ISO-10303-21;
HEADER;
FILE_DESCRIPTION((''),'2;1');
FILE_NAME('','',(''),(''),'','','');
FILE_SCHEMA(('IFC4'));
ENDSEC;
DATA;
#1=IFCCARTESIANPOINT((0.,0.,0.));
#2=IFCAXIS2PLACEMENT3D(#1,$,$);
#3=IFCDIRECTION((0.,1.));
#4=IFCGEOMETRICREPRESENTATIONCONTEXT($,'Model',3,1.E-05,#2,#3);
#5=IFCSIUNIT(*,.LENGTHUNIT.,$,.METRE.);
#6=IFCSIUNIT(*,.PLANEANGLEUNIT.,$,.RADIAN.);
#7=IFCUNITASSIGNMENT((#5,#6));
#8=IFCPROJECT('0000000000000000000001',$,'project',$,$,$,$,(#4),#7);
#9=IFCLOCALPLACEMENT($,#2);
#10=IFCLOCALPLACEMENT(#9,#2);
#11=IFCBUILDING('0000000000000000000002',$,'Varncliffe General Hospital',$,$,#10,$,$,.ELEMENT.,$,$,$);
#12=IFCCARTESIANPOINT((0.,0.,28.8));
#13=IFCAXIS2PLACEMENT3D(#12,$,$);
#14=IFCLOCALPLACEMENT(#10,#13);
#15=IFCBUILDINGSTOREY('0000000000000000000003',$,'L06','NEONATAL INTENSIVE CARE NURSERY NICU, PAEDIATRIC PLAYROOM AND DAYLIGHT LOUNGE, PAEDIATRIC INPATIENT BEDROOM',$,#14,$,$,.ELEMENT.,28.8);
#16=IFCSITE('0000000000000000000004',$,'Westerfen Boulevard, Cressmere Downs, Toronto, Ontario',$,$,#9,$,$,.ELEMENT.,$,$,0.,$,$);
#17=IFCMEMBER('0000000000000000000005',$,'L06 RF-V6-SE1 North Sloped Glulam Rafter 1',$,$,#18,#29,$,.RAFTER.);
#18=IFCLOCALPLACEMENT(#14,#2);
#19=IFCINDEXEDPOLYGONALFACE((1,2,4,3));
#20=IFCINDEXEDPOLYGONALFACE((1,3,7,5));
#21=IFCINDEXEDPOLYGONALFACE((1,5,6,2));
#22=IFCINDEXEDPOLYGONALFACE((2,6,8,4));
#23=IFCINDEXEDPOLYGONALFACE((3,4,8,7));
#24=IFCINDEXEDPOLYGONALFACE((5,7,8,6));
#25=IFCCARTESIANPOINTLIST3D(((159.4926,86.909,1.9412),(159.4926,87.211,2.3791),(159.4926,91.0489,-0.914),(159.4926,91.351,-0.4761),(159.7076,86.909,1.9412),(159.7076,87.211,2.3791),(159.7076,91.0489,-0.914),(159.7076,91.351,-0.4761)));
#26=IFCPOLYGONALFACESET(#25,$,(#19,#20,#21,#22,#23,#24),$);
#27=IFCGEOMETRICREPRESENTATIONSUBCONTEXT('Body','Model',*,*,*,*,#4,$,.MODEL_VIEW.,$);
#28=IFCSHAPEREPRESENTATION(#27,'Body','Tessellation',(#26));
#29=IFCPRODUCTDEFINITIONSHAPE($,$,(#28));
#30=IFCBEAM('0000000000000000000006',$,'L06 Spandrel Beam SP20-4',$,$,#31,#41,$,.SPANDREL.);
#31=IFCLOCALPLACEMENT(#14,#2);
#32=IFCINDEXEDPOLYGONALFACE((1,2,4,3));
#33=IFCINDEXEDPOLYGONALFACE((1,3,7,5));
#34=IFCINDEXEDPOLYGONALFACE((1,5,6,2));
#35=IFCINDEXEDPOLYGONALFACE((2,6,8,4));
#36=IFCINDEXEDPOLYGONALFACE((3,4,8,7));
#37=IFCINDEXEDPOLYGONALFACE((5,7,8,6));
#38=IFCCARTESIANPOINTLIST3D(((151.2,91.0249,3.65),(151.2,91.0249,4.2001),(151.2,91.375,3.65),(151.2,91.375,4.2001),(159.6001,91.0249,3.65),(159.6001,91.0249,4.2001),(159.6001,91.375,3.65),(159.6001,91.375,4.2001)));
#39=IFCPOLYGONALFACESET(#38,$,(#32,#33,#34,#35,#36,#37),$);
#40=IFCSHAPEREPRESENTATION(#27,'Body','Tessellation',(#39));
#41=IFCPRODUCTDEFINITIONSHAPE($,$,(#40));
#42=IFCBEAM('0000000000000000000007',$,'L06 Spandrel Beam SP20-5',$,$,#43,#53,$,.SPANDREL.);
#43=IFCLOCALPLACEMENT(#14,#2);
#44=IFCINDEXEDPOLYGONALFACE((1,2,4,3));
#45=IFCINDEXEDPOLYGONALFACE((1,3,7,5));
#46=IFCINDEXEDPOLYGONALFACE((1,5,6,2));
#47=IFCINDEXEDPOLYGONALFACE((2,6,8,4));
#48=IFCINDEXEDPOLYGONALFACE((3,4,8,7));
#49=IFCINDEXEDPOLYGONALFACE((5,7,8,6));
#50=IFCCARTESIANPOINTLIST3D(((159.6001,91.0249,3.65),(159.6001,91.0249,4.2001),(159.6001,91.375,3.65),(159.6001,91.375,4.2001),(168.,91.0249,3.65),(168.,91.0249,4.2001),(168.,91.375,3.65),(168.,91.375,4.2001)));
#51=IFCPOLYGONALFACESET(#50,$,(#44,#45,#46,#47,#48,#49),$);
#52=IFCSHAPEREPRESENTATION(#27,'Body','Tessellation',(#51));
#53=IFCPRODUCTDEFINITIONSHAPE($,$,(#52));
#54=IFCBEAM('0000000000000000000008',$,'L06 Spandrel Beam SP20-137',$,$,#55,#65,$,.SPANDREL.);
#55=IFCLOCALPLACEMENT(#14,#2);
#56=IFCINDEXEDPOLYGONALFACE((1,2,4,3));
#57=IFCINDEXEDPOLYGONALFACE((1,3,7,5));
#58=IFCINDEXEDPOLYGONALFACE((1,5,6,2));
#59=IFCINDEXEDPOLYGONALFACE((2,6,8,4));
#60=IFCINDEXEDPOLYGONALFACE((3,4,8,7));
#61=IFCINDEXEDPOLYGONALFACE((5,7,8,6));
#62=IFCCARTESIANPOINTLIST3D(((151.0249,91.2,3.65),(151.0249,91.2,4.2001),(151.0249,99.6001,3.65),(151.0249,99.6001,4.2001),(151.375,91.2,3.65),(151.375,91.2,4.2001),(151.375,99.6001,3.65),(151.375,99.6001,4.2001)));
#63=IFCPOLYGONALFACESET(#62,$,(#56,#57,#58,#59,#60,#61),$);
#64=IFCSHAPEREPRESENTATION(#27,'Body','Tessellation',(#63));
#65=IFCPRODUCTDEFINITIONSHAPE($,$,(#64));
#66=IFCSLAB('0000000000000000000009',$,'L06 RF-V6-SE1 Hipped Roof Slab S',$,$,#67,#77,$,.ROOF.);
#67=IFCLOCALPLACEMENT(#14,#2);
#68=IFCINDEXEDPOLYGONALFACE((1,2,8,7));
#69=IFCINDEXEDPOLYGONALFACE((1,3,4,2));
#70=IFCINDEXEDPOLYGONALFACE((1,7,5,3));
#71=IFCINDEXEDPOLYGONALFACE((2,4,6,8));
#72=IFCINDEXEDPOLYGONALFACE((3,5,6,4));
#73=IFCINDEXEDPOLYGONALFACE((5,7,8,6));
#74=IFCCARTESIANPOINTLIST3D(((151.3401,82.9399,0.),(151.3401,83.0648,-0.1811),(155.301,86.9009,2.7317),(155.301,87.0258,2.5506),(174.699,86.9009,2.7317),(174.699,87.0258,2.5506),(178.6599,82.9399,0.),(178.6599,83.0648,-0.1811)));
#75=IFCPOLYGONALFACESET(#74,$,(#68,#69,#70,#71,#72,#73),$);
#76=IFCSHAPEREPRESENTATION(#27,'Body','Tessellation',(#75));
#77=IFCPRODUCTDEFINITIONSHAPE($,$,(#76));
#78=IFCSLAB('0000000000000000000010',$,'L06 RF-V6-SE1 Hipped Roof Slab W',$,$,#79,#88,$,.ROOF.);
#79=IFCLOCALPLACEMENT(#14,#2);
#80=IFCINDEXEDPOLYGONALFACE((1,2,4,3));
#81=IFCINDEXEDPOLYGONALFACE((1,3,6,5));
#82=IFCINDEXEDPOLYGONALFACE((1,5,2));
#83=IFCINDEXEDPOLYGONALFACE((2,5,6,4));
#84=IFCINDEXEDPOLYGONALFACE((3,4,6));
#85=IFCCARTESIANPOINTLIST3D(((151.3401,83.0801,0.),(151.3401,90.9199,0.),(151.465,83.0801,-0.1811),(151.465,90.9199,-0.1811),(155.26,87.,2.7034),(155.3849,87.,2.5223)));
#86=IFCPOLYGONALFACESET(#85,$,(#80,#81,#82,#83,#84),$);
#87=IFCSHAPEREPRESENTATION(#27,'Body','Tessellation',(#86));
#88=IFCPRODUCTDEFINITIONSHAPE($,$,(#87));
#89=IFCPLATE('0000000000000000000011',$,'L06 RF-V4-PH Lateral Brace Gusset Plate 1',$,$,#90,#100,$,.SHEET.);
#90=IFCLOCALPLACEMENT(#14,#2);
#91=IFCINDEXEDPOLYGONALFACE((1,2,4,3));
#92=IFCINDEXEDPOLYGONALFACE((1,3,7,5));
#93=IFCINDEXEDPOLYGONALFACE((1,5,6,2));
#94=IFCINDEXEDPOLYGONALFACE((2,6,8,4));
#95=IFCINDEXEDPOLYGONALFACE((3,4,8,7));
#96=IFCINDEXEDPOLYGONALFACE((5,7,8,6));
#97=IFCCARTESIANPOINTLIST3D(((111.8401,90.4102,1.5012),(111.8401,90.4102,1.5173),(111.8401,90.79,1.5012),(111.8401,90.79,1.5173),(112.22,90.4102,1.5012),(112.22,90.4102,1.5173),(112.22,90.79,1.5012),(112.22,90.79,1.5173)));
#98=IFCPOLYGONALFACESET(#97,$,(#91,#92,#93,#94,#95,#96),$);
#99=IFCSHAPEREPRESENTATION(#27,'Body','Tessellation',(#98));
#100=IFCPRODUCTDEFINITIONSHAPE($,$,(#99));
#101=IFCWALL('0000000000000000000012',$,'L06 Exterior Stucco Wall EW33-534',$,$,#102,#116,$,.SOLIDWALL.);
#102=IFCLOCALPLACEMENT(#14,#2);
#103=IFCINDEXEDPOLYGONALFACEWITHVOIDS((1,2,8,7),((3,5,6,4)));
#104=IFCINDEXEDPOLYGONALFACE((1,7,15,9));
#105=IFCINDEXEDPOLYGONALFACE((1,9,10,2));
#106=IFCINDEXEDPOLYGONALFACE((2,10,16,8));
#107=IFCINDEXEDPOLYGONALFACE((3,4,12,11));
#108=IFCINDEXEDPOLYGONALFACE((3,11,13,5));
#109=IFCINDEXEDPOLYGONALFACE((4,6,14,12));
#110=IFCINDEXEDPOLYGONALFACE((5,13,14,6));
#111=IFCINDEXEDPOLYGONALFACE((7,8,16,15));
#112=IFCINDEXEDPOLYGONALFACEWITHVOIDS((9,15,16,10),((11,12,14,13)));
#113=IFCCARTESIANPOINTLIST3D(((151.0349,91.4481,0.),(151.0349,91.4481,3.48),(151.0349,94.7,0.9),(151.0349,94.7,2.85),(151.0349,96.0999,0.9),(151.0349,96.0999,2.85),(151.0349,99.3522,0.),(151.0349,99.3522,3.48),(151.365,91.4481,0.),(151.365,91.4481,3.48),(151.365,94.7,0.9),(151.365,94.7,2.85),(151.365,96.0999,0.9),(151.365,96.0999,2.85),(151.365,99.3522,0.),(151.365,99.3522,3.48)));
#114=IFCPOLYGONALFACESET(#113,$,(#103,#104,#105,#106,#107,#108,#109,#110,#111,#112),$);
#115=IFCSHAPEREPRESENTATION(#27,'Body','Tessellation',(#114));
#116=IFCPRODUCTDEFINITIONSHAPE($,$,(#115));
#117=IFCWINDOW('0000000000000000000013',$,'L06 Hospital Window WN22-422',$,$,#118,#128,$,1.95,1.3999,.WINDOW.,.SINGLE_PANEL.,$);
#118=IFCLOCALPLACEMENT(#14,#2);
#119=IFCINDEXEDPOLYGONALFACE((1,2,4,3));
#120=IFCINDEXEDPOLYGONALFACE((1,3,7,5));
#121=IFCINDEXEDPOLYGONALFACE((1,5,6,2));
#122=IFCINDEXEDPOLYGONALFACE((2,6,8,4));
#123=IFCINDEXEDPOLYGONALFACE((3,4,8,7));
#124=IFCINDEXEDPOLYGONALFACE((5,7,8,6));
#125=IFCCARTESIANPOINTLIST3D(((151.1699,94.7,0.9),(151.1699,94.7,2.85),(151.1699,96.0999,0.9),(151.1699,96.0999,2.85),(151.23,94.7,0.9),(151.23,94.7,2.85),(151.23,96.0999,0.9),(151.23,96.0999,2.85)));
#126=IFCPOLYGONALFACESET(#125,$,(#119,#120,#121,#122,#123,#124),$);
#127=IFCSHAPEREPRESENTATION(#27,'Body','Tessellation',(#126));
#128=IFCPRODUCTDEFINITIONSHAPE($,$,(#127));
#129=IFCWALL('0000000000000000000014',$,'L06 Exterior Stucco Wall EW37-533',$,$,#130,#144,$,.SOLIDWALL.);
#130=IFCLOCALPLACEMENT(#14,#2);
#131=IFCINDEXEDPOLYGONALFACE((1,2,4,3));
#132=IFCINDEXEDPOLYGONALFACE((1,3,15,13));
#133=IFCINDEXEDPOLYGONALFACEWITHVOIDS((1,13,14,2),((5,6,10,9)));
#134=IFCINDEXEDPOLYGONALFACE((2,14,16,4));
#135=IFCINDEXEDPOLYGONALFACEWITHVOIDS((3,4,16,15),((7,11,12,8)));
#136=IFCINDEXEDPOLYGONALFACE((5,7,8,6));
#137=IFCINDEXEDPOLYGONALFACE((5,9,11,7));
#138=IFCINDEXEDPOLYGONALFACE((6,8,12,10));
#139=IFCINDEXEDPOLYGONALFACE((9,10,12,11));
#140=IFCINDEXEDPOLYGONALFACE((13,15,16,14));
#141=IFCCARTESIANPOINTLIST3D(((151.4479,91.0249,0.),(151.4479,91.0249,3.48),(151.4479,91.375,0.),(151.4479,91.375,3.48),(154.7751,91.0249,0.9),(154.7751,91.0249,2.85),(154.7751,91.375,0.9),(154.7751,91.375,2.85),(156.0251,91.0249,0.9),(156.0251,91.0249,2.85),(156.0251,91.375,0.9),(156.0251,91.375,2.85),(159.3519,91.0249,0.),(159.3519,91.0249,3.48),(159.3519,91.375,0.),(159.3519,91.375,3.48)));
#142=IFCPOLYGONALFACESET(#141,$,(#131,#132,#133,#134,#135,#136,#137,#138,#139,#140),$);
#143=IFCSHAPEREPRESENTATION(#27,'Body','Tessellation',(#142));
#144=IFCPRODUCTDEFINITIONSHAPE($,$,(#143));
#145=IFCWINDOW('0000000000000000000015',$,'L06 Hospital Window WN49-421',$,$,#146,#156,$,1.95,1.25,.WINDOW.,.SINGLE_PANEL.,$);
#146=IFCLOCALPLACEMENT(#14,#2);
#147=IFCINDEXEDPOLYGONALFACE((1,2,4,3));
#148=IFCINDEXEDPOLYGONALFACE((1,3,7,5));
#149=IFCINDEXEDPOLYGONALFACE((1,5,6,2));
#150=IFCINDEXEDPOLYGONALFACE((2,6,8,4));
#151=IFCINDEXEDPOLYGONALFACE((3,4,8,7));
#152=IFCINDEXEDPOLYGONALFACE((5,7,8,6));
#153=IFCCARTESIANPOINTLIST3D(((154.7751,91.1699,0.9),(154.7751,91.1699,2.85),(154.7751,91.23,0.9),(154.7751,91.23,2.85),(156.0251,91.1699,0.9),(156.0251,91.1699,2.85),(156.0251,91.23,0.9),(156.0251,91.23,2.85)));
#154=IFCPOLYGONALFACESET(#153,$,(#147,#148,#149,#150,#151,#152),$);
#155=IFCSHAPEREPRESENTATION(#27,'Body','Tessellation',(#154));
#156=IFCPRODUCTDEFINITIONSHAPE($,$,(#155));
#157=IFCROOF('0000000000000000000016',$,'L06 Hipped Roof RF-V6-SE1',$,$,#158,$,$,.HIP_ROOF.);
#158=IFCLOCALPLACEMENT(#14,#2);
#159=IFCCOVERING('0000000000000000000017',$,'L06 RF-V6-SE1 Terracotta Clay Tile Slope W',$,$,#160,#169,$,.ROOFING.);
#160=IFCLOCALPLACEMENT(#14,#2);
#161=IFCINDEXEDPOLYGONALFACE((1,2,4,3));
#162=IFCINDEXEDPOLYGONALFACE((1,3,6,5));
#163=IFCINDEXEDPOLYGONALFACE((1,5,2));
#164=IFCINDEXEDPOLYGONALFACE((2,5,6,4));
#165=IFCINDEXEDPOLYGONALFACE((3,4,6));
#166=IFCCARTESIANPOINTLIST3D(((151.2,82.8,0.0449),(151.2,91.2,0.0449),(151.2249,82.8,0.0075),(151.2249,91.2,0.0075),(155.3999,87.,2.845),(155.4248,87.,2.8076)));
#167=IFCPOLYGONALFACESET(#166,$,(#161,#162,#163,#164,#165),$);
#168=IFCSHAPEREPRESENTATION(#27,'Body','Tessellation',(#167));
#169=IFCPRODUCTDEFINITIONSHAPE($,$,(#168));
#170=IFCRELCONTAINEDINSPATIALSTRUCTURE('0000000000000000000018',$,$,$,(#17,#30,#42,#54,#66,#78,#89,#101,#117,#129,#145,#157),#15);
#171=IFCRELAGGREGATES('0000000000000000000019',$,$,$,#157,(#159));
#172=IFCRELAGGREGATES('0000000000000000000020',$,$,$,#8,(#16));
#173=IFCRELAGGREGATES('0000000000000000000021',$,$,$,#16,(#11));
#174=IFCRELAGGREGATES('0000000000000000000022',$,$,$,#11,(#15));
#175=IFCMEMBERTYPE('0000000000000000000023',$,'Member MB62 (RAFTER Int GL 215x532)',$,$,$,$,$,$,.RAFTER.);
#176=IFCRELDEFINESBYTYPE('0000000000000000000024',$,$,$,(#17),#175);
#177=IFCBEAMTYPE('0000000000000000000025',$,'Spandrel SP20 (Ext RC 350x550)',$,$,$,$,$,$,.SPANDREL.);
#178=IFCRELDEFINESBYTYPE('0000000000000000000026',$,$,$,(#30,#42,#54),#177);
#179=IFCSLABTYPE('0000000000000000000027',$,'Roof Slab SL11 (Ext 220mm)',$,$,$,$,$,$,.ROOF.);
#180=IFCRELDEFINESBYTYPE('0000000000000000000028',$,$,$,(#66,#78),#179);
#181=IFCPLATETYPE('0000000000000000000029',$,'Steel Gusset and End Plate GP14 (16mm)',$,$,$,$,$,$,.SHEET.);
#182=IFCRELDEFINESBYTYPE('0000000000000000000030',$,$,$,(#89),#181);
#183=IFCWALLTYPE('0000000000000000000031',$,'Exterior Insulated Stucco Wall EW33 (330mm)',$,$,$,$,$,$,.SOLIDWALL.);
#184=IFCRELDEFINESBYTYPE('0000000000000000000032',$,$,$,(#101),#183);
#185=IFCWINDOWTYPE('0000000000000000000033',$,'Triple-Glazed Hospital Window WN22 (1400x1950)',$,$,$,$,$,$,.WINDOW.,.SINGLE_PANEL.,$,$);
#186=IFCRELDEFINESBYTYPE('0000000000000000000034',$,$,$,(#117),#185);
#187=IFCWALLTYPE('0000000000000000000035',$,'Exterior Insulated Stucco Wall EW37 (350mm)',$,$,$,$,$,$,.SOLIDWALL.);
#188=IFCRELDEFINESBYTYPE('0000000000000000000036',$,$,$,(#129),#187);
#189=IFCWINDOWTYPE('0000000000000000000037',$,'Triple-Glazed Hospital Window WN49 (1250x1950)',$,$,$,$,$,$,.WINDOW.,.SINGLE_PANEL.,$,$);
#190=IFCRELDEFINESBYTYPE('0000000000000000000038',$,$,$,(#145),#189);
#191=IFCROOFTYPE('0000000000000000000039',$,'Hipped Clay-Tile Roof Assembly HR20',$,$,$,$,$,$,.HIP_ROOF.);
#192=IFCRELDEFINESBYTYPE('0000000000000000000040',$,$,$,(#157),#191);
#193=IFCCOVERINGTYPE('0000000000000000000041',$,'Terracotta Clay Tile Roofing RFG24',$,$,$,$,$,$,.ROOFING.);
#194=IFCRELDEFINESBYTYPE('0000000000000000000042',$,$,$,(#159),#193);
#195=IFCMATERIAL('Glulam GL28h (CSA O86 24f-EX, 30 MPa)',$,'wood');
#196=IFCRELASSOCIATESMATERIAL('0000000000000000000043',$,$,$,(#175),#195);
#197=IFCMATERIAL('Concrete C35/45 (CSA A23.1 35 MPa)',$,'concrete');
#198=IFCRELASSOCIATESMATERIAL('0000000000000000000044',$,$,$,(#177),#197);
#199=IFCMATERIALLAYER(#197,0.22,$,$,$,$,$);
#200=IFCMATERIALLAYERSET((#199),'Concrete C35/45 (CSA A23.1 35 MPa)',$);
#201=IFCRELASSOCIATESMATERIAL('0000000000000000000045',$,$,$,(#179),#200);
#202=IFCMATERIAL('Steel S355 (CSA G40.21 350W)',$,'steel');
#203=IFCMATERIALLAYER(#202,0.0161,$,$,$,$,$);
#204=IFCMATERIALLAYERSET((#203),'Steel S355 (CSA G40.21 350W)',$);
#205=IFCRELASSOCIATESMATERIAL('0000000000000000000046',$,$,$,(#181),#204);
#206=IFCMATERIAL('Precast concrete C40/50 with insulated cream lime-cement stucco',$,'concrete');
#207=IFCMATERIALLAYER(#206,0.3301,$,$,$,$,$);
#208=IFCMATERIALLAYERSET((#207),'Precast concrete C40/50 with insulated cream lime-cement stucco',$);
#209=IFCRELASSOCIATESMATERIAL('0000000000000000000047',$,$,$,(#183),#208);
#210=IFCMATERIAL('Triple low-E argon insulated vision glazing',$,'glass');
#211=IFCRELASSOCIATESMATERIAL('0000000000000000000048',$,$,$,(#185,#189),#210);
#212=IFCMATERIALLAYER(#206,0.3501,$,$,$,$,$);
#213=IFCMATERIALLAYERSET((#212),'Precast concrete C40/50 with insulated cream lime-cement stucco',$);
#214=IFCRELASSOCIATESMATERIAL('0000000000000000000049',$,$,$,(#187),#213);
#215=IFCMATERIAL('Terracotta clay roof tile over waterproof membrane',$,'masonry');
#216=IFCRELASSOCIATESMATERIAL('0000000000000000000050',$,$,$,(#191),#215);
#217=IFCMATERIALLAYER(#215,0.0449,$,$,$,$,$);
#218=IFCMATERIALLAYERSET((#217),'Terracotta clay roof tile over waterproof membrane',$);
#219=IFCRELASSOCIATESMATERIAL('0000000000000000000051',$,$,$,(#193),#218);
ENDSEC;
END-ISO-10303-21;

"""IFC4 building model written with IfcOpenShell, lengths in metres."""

from ifc_helpers import new_model, si_unit, direction, frame, frame_2d, origin, origin_2d, place, context, subcontext, project, spatial, polyline, rectangle, outline, extrude, material, layer, layer_set, material_profile, profile_set, type_object, element, fill, aggregate, save


model = new_model("IFC4")

# Units and contexts
model_context = context("Model", 3, precision=1e-05, world=origin(), true_north=direction((0.0, 1.0)))
body_context = subcontext(model_context, "Body", "Model", "MODEL_VIEW")
ifc_project = project(units=[si_unit("LENGTHUNIT", "METRE"), si_unit("PLANEANGLEUNIT", "RADIAN")], contexts=[model_context])

# Site, building, storey
site_placement = place(None, origin())
site = spatial("IfcSite", under=ifc_project, at=site_placement, Name="Westerfen Boulevard, Cressmere Downs, Toronto, Ontario", CompositionType="ELEMENT", RefElevation=0.0)
building_placement = place(site_placement, origin())
building = spatial("IfcBuilding", under=site, at=building_placement, Name="Varncliffe General Hospital", CompositionType="ELEMENT")
storey_placement = place(building_placement, frame((0.0, 0.0, 28.8)))
storey = spatial("IfcBuildingStorey", under=building, at=storey_placement, Name="L06", Description="NEONATAL INTENSIVE CARE NURSERY NICU, PAEDIATRIC PLAYROOM AND DAYLIGHT LOUNGE, PAEDIATRIC INPATIENT BEDROOM", CompositionType="ELEMENT", Elevation=28.8)

# Shared definitions
ifc_material_1 = material(Name="Concrete C35/45 (CSA A23.1 35 MPa)", Category="concrete")
ifc_material_2 = material(Name="Glulam GL28h (CSA O86 24f-EX, 30 MPa)", Category="wood")

# Member
ifc_material_3 = material(Name="Steel S355 (CSA G40.21 350W)", Category="steel")
ifc_material_profile_1 = material_profile(ifc_material_2, rectangle(XDim=0.2151, YDim=0.532, at=origin_2d()), Name="GL 215x532")
ifc_profile_set_1 = profile_set([ifc_material_profile_1], Name="Glulam GL28h (CSA O86 24f-EX, 30 MPa)")
member_type_1 = type_object("IfcMemberType", Name="Member MB62 (RAFTER Int GL 215x532)", PredefinedType="RAFTER", material=ifc_profile_set_1)
for number, where, z_axis, x_axis, name in (
    (1, (159.6001, 91.2, -0.6951), (0.0, -0.823201, 0.56775), (1.0, 0.0, 0.0), "L06 RF-V6-SE1 North Sloped Glulam Rafter 1"),
):
    element("IfcMember", number, at=place(storey_placement, frame(where, z_axis=z_axis, x_axis=x_axis)), inside=storey, type_object=member_type_1, Name=name, PredefinedType="RAFTER", context=body_context, shape_type="SweptSolid", body=[
        extrude(rectangle(XDim=0.2151, YDim=0.532, at=origin_2d()), origin(), (0.0, 0.0, 1.0), 5.0291),
    ])

# Beams
ifc_material_profile_2 = material_profile(ifc_material_1, rectangle(XDim=0.3501, YDim=0.55, at=origin_2d()), Name="RC 350x550")
ifc_profile_set_2 = profile_set([ifc_material_profile_2], Name="Concrete C35/45 (CSA A23.1 35 MPa)")
beam_type_1 = type_object("IfcBeamType", Name="Spandrel SP20 (Ext RC 350x550)", PredefinedType="SPANDREL", material=ifc_profile_set_2)
beam_1_placement = place(storey_placement, frame((151.2, 91.2, 3.925), z_axis=(1.0, 0.0, 0.0), x_axis=(0.0, 1.0, 0.0)))
element("IfcBeam", 2, at=beam_1_placement, inside=storey, type_object=beam_type_1, Name="L06 Spandrel Beam SP20-4", PredefinedType="SPANDREL", context=body_context, shape_type="SweptSolid", body=[
    extrude(rectangle(XDim=0.3501, YDim=0.55, at=origin_2d()), origin(), (0.0, 0.0, 1.0), 8.4001),
])
beam_2_placement = place(storey_placement, frame((159.6001, 91.2, 3.925), z_axis=(1.0, 0.0, 0.0), x_axis=(0.0, 1.0, 0.0)))
element("IfcBeam", 3, at=beam_2_placement, inside=storey, type_object=beam_type_1, Name="L06 Spandrel Beam SP20-5", PredefinedType="SPANDREL", context=body_context, shape_type="SweptSolid", body=[
    extrude(rectangle(XDim=0.3501, YDim=0.55, at=origin_2d()), origin(), (0.0, 0.0, 1.0), 8.3999),
])
beam_3_placement = place(storey_placement, frame((151.2, 91.2, 3.925), z_axis=(0.0, 1.0, 0.0), x_axis=(-1.0, 0.0, 0.0)))
element("IfcBeam", 4, at=beam_3_placement, inside=storey, type_object=beam_type_1, Name="L06 Spandrel Beam SP20-137", PredefinedType="SPANDREL", context=body_context, shape_type="SweptSolid", body=[
    extrude(rectangle(XDim=0.3501, YDim=0.55, at=origin_2d()), origin(), (0.0, 0.0, 1.0), 8.4001),
])

# Slabs
ifc_layer_1 = layer(ifc_material_1, 0.22)
ifc_layer_set_1 = layer_set([ifc_layer_1], Name="Concrete C35/45 (CSA A23.1 35 MPa)")
slab_type = type_object("IfcSlabType", Name="Roof Slab SL11 (Ext 220mm)", PredefinedType="ROOF", material=ifc_layer_set_1)
slab_1_placement = place(storey_placement, frame((151.3401, 82.9399, 0.0), z_axis=(0.0, -0.567734, 0.823212), x_axis=(1.0, 0.0, 0.0)))
element("IfcSlab", 5, at=slab_1_placement, inside=storey, type_object=slab_type, Name="L06 RF-V6-SE1 Hipped Roof Slab S", PredefinedType="ROOF", context=body_context, shape_type="SweptSolid", body=[
    extrude(outline(polyline([(0.0, 0.0), (27.3198, 0.0), (23.3589, 4.8116), (3.9609, 4.8116), (0.0, 0.0)])), origin(), (0.0, 0.0, -1.0), 0.22),
])
slab_2_placement = place(storey_placement, frame((151.3401, 90.9199, 0.0), z_axis=(-0.567729, 0.0, 0.823215), x_axis=(0.0, -1.0, 0.0)))
element("IfcSlab", 6, at=slab_2_placement, inside=storey, type_object=slab_type, Name="L06 RF-V6-SE1 Hipped Roof Slab W", PredefinedType="ROOF", context=body_context, shape_type="SweptSolid", body=[
    extrude(outline(polyline([(0.0, 0.0), (7.8398, 0.0), (3.9199, 4.7617), (0.0, 0.0)])), origin(), (0.0, 0.0, -1.0), 0.22),
])

# Plate
ifc_layer_2 = layer(ifc_material_3, 0.0161)
ifc_layer_set_2 = layer_set([ifc_layer_2], Name="Steel S355 (CSA G40.21 350W)")
plate_type = type_object("IfcPlateType", Name="Steel Gusset and End Plate GP14 (16mm)", PredefinedType="SHEET", material=ifc_layer_set_2)
plate_placement = place(storey_placement, frame((112.03, 90.6001, 1.5012), z_axis=(0.0, 0.0, 1.0), x_axis=(1.0, 0.0, 0.0)))
element("IfcPlate", 7, at=plate_placement, inside=storey, type_object=plate_type, Name="L06 RF-V4-PH Lateral Brace Gusset Plate 1", PredefinedType="SHEET", context=body_context, shape_type="SweptSolid", body=[
    extrude(rectangle(XDim=0.3799, YDim=0.3799, at=origin_2d()), origin(), (0.0, 0.0, 1.0), 0.0161),
])

# Walls, openings, windows
ifc_material_4 = material(Name="Precast concrete C40/50 with insulated cream lime-cement stucco", Category="concrete")
ifc_layer_3 = layer(ifc_material_4, 0.3301)
ifc_layer_set_3 = layer_set([ifc_layer_3], Name="Precast concrete C40/50 with insulated cream lime-cement stucco")
wall_type_1 = type_object("IfcWallType", Name="Exterior Insulated Stucco Wall EW33 (330mm)", PredefinedType="SOLIDWALL", material=ifc_layer_set_3)
wall_1_placement = place(storey_placement, frame((151.2, 91.448, 0.0), z_axis=(0.0, 0.0, 1.0), x_axis=(0.0, 1.0, 0.0)))
wall_1 = element("IfcWall", 8, at=wall_1_placement, inside=storey, type_object=wall_type_1, Name="L06 Exterior Stucco Wall EW33-534", PredefinedType="SOLIDWALL", context=body_context, shape_type="SweptSolid", body=[
    extrude(rectangle(XDim=7.9041, YDim=0.3301, at=frame_2d((3.9521, 0.0))), origin(), (0.0, 0.0, 1.0), 3.48),
])
opening_1_placement = place(wall_1_placement, frame((3.252, 0.0, 0.8999)))
opening_1 = element("IfcOpeningElement", 9, at=opening_1_placement, cuts=wall_1, PredefinedType="OPENING", context=body_context, shape_type="SweptSolid", body=[
    extrude(rectangle(XDim=1.3999, YDim=1.95, at=frame_2d((0.7, 0.9751))), frame((0.0, 0.175, 0.0), z_axis=(0.0, -1.0, 0.0), x_axis=(1.0, 0.0, 0.0)), (0.0, 0.0, 1.0), 0.3501),
])
ifc_material_5 = material(Name="Triple low-E argon insulated vision glazing", Category="glass")
window_type_1 = type_object("IfcWindowType", Name="Triple-Glazed Hospital Window WN22 (1400x1950)", PartitioningType="SINGLE_PANEL", PredefinedType="WINDOW", material=ifc_material_5)
window_1_placement = place(opening_1_placement, origin())
window_1 = element("IfcWindow", 10, at=window_1_placement, inside=storey, type_object=window_type_1, Name="L06 Hospital Window WN22-422", OverallHeight=1.95, OverallWidth=1.3999, PartitioningType="SINGLE_PANEL", PredefinedType="WINDOW", context=body_context, shape_type="SweptSolid", body=[
    extrude(rectangle(XDim=1.3999, YDim=1.95, at=frame_2d((0.7, 0.9751))), frame((0.0, 0.03, 0.0), z_axis=(0.0, -1.0, 0.0), x_axis=(1.0, 0.0, 0.0)), (0.0, 0.0, 1.0), 0.0601),
])
fill(opening_1, window_1)
ifc_layer_4 = layer(ifc_material_4, 0.3501)
ifc_layer_set_4 = layer_set([ifc_layer_4], Name="Precast concrete C40/50 with insulated cream lime-cement stucco")
wall_type_2 = type_object("IfcWallType", Name="Exterior Insulated Stucco Wall EW37 (350mm)", PredefinedType="SOLIDWALL", material=ifc_layer_set_4)
wall_2_placement = place(storey_placement, frame((159.3521, 91.2, 0.0), z_axis=(0.0, 0.0, 1.0), x_axis=(-1.0, 0.0, 0.0)))
wall_2 = element("IfcWall", 11, at=wall_2_placement, inside=storey, type_object=wall_type_2, Name="L06 Exterior Stucco Wall EW37-533", PredefinedType="SOLIDWALL", context=body_context, shape_type="SweptSolid", body=[
    extrude(rectangle(XDim=7.9041, YDim=0.3501, at=frame_2d((3.9521, 0.0))), origin(), (0.0, 0.0, 1.0), 3.48),
])
opening_2_placement = place(wall_2_placement, frame((3.3269, 0.0, 0.8999)))
opening_2 = element("IfcOpeningElement", 12, at=opening_2_placement, cuts=wall_2, PredefinedType="OPENING", context=body_context, shape_type="SweptSolid", body=[
    extrude(rectangle(XDim=1.25, YDim=1.95, at=frame_2d((0.625, 0.9751))), frame((0.0, 0.1851, 0.0), z_axis=(0.0, -1.0, 0.0), x_axis=(1.0, 0.0, 0.0)), (0.0, 0.0, 1.0), 0.3701),
])
window_type_2 = type_object("IfcWindowType", Name="Triple-Glazed Hospital Window WN49 (1250x1950)", PartitioningType="SINGLE_PANEL", PredefinedType="WINDOW", material=ifc_material_5)
window_2_placement = place(opening_2_placement, origin())
window_2 = element("IfcWindow", 13, at=window_2_placement, inside=storey, type_object=window_type_2, Name="L06 Hospital Window WN49-421", OverallHeight=1.95, OverallWidth=1.25, PartitioningType="SINGLE_PANEL", PredefinedType="WINDOW", context=body_context, shape_type="SweptSolid", body=[
    extrude(rectangle(XDim=1.25, YDim=1.95, at=frame_2d((0.625, 0.9751))), frame((0.0, 0.03, 0.0), z_axis=(0.0, -1.0, 0.0), x_axis=(1.0, 0.0, 0.0)), (0.0, 0.0, 1.0), 0.0601),
])
fill(opening_2, window_2)

# Roof, covering
ifc_material_6 = material(Name="Terracotta clay roof tile over waterproof membrane", Category="masonry")
roof_type = type_object("IfcRoofType", Name="Hipped Clay-Tile Roof Assembly HR20", PredefinedType="HIP_ROOF", material=ifc_material_6)
roof_placement = place(storey_placement, origin())
roof = element("IfcRoof", 14, at=roof_placement, inside=storey, type_object=roof_type, Name="L06 Hipped Roof RF-V6-SE1", PredefinedType="HIP_ROOF")
ifc_layer_5 = layer(ifc_material_6, 0.0449)
ifc_layer_set_5 = layer_set([ifc_layer_5], Name="Terracotta clay roof tile over waterproof membrane")
covering_type = type_object("IfcCoveringType", Name="Terracotta Clay Tile Roofing RFG24", PredefinedType="ROOFING", material=ifc_layer_set_5)
covering_placement = place(storey_placement, frame((151.2, 91.2, 0.0449), z_axis=(-0.554711, 0.0, 0.832043), x_axis=(0.0, -1.0, 0.0)))
covering = element("IfcCovering", 15, at=covering_placement, type_object=covering_type, Name="L06 RF-V6-SE1 Terracotta Clay Tile Slope W", PredefinedType="ROOFING", context=body_context, shape_type="SweptSolid", body=[
    extrude(outline(polyline([(0.0, 0.0), (8.3999, 0.0), (4.2, 5.0478), (0.0, 0.0)])), origin(), (0.0, 0.0, -1.0), 0.0449),
])
aggregate(roof, [covering])

save(model, "model.ifc")
